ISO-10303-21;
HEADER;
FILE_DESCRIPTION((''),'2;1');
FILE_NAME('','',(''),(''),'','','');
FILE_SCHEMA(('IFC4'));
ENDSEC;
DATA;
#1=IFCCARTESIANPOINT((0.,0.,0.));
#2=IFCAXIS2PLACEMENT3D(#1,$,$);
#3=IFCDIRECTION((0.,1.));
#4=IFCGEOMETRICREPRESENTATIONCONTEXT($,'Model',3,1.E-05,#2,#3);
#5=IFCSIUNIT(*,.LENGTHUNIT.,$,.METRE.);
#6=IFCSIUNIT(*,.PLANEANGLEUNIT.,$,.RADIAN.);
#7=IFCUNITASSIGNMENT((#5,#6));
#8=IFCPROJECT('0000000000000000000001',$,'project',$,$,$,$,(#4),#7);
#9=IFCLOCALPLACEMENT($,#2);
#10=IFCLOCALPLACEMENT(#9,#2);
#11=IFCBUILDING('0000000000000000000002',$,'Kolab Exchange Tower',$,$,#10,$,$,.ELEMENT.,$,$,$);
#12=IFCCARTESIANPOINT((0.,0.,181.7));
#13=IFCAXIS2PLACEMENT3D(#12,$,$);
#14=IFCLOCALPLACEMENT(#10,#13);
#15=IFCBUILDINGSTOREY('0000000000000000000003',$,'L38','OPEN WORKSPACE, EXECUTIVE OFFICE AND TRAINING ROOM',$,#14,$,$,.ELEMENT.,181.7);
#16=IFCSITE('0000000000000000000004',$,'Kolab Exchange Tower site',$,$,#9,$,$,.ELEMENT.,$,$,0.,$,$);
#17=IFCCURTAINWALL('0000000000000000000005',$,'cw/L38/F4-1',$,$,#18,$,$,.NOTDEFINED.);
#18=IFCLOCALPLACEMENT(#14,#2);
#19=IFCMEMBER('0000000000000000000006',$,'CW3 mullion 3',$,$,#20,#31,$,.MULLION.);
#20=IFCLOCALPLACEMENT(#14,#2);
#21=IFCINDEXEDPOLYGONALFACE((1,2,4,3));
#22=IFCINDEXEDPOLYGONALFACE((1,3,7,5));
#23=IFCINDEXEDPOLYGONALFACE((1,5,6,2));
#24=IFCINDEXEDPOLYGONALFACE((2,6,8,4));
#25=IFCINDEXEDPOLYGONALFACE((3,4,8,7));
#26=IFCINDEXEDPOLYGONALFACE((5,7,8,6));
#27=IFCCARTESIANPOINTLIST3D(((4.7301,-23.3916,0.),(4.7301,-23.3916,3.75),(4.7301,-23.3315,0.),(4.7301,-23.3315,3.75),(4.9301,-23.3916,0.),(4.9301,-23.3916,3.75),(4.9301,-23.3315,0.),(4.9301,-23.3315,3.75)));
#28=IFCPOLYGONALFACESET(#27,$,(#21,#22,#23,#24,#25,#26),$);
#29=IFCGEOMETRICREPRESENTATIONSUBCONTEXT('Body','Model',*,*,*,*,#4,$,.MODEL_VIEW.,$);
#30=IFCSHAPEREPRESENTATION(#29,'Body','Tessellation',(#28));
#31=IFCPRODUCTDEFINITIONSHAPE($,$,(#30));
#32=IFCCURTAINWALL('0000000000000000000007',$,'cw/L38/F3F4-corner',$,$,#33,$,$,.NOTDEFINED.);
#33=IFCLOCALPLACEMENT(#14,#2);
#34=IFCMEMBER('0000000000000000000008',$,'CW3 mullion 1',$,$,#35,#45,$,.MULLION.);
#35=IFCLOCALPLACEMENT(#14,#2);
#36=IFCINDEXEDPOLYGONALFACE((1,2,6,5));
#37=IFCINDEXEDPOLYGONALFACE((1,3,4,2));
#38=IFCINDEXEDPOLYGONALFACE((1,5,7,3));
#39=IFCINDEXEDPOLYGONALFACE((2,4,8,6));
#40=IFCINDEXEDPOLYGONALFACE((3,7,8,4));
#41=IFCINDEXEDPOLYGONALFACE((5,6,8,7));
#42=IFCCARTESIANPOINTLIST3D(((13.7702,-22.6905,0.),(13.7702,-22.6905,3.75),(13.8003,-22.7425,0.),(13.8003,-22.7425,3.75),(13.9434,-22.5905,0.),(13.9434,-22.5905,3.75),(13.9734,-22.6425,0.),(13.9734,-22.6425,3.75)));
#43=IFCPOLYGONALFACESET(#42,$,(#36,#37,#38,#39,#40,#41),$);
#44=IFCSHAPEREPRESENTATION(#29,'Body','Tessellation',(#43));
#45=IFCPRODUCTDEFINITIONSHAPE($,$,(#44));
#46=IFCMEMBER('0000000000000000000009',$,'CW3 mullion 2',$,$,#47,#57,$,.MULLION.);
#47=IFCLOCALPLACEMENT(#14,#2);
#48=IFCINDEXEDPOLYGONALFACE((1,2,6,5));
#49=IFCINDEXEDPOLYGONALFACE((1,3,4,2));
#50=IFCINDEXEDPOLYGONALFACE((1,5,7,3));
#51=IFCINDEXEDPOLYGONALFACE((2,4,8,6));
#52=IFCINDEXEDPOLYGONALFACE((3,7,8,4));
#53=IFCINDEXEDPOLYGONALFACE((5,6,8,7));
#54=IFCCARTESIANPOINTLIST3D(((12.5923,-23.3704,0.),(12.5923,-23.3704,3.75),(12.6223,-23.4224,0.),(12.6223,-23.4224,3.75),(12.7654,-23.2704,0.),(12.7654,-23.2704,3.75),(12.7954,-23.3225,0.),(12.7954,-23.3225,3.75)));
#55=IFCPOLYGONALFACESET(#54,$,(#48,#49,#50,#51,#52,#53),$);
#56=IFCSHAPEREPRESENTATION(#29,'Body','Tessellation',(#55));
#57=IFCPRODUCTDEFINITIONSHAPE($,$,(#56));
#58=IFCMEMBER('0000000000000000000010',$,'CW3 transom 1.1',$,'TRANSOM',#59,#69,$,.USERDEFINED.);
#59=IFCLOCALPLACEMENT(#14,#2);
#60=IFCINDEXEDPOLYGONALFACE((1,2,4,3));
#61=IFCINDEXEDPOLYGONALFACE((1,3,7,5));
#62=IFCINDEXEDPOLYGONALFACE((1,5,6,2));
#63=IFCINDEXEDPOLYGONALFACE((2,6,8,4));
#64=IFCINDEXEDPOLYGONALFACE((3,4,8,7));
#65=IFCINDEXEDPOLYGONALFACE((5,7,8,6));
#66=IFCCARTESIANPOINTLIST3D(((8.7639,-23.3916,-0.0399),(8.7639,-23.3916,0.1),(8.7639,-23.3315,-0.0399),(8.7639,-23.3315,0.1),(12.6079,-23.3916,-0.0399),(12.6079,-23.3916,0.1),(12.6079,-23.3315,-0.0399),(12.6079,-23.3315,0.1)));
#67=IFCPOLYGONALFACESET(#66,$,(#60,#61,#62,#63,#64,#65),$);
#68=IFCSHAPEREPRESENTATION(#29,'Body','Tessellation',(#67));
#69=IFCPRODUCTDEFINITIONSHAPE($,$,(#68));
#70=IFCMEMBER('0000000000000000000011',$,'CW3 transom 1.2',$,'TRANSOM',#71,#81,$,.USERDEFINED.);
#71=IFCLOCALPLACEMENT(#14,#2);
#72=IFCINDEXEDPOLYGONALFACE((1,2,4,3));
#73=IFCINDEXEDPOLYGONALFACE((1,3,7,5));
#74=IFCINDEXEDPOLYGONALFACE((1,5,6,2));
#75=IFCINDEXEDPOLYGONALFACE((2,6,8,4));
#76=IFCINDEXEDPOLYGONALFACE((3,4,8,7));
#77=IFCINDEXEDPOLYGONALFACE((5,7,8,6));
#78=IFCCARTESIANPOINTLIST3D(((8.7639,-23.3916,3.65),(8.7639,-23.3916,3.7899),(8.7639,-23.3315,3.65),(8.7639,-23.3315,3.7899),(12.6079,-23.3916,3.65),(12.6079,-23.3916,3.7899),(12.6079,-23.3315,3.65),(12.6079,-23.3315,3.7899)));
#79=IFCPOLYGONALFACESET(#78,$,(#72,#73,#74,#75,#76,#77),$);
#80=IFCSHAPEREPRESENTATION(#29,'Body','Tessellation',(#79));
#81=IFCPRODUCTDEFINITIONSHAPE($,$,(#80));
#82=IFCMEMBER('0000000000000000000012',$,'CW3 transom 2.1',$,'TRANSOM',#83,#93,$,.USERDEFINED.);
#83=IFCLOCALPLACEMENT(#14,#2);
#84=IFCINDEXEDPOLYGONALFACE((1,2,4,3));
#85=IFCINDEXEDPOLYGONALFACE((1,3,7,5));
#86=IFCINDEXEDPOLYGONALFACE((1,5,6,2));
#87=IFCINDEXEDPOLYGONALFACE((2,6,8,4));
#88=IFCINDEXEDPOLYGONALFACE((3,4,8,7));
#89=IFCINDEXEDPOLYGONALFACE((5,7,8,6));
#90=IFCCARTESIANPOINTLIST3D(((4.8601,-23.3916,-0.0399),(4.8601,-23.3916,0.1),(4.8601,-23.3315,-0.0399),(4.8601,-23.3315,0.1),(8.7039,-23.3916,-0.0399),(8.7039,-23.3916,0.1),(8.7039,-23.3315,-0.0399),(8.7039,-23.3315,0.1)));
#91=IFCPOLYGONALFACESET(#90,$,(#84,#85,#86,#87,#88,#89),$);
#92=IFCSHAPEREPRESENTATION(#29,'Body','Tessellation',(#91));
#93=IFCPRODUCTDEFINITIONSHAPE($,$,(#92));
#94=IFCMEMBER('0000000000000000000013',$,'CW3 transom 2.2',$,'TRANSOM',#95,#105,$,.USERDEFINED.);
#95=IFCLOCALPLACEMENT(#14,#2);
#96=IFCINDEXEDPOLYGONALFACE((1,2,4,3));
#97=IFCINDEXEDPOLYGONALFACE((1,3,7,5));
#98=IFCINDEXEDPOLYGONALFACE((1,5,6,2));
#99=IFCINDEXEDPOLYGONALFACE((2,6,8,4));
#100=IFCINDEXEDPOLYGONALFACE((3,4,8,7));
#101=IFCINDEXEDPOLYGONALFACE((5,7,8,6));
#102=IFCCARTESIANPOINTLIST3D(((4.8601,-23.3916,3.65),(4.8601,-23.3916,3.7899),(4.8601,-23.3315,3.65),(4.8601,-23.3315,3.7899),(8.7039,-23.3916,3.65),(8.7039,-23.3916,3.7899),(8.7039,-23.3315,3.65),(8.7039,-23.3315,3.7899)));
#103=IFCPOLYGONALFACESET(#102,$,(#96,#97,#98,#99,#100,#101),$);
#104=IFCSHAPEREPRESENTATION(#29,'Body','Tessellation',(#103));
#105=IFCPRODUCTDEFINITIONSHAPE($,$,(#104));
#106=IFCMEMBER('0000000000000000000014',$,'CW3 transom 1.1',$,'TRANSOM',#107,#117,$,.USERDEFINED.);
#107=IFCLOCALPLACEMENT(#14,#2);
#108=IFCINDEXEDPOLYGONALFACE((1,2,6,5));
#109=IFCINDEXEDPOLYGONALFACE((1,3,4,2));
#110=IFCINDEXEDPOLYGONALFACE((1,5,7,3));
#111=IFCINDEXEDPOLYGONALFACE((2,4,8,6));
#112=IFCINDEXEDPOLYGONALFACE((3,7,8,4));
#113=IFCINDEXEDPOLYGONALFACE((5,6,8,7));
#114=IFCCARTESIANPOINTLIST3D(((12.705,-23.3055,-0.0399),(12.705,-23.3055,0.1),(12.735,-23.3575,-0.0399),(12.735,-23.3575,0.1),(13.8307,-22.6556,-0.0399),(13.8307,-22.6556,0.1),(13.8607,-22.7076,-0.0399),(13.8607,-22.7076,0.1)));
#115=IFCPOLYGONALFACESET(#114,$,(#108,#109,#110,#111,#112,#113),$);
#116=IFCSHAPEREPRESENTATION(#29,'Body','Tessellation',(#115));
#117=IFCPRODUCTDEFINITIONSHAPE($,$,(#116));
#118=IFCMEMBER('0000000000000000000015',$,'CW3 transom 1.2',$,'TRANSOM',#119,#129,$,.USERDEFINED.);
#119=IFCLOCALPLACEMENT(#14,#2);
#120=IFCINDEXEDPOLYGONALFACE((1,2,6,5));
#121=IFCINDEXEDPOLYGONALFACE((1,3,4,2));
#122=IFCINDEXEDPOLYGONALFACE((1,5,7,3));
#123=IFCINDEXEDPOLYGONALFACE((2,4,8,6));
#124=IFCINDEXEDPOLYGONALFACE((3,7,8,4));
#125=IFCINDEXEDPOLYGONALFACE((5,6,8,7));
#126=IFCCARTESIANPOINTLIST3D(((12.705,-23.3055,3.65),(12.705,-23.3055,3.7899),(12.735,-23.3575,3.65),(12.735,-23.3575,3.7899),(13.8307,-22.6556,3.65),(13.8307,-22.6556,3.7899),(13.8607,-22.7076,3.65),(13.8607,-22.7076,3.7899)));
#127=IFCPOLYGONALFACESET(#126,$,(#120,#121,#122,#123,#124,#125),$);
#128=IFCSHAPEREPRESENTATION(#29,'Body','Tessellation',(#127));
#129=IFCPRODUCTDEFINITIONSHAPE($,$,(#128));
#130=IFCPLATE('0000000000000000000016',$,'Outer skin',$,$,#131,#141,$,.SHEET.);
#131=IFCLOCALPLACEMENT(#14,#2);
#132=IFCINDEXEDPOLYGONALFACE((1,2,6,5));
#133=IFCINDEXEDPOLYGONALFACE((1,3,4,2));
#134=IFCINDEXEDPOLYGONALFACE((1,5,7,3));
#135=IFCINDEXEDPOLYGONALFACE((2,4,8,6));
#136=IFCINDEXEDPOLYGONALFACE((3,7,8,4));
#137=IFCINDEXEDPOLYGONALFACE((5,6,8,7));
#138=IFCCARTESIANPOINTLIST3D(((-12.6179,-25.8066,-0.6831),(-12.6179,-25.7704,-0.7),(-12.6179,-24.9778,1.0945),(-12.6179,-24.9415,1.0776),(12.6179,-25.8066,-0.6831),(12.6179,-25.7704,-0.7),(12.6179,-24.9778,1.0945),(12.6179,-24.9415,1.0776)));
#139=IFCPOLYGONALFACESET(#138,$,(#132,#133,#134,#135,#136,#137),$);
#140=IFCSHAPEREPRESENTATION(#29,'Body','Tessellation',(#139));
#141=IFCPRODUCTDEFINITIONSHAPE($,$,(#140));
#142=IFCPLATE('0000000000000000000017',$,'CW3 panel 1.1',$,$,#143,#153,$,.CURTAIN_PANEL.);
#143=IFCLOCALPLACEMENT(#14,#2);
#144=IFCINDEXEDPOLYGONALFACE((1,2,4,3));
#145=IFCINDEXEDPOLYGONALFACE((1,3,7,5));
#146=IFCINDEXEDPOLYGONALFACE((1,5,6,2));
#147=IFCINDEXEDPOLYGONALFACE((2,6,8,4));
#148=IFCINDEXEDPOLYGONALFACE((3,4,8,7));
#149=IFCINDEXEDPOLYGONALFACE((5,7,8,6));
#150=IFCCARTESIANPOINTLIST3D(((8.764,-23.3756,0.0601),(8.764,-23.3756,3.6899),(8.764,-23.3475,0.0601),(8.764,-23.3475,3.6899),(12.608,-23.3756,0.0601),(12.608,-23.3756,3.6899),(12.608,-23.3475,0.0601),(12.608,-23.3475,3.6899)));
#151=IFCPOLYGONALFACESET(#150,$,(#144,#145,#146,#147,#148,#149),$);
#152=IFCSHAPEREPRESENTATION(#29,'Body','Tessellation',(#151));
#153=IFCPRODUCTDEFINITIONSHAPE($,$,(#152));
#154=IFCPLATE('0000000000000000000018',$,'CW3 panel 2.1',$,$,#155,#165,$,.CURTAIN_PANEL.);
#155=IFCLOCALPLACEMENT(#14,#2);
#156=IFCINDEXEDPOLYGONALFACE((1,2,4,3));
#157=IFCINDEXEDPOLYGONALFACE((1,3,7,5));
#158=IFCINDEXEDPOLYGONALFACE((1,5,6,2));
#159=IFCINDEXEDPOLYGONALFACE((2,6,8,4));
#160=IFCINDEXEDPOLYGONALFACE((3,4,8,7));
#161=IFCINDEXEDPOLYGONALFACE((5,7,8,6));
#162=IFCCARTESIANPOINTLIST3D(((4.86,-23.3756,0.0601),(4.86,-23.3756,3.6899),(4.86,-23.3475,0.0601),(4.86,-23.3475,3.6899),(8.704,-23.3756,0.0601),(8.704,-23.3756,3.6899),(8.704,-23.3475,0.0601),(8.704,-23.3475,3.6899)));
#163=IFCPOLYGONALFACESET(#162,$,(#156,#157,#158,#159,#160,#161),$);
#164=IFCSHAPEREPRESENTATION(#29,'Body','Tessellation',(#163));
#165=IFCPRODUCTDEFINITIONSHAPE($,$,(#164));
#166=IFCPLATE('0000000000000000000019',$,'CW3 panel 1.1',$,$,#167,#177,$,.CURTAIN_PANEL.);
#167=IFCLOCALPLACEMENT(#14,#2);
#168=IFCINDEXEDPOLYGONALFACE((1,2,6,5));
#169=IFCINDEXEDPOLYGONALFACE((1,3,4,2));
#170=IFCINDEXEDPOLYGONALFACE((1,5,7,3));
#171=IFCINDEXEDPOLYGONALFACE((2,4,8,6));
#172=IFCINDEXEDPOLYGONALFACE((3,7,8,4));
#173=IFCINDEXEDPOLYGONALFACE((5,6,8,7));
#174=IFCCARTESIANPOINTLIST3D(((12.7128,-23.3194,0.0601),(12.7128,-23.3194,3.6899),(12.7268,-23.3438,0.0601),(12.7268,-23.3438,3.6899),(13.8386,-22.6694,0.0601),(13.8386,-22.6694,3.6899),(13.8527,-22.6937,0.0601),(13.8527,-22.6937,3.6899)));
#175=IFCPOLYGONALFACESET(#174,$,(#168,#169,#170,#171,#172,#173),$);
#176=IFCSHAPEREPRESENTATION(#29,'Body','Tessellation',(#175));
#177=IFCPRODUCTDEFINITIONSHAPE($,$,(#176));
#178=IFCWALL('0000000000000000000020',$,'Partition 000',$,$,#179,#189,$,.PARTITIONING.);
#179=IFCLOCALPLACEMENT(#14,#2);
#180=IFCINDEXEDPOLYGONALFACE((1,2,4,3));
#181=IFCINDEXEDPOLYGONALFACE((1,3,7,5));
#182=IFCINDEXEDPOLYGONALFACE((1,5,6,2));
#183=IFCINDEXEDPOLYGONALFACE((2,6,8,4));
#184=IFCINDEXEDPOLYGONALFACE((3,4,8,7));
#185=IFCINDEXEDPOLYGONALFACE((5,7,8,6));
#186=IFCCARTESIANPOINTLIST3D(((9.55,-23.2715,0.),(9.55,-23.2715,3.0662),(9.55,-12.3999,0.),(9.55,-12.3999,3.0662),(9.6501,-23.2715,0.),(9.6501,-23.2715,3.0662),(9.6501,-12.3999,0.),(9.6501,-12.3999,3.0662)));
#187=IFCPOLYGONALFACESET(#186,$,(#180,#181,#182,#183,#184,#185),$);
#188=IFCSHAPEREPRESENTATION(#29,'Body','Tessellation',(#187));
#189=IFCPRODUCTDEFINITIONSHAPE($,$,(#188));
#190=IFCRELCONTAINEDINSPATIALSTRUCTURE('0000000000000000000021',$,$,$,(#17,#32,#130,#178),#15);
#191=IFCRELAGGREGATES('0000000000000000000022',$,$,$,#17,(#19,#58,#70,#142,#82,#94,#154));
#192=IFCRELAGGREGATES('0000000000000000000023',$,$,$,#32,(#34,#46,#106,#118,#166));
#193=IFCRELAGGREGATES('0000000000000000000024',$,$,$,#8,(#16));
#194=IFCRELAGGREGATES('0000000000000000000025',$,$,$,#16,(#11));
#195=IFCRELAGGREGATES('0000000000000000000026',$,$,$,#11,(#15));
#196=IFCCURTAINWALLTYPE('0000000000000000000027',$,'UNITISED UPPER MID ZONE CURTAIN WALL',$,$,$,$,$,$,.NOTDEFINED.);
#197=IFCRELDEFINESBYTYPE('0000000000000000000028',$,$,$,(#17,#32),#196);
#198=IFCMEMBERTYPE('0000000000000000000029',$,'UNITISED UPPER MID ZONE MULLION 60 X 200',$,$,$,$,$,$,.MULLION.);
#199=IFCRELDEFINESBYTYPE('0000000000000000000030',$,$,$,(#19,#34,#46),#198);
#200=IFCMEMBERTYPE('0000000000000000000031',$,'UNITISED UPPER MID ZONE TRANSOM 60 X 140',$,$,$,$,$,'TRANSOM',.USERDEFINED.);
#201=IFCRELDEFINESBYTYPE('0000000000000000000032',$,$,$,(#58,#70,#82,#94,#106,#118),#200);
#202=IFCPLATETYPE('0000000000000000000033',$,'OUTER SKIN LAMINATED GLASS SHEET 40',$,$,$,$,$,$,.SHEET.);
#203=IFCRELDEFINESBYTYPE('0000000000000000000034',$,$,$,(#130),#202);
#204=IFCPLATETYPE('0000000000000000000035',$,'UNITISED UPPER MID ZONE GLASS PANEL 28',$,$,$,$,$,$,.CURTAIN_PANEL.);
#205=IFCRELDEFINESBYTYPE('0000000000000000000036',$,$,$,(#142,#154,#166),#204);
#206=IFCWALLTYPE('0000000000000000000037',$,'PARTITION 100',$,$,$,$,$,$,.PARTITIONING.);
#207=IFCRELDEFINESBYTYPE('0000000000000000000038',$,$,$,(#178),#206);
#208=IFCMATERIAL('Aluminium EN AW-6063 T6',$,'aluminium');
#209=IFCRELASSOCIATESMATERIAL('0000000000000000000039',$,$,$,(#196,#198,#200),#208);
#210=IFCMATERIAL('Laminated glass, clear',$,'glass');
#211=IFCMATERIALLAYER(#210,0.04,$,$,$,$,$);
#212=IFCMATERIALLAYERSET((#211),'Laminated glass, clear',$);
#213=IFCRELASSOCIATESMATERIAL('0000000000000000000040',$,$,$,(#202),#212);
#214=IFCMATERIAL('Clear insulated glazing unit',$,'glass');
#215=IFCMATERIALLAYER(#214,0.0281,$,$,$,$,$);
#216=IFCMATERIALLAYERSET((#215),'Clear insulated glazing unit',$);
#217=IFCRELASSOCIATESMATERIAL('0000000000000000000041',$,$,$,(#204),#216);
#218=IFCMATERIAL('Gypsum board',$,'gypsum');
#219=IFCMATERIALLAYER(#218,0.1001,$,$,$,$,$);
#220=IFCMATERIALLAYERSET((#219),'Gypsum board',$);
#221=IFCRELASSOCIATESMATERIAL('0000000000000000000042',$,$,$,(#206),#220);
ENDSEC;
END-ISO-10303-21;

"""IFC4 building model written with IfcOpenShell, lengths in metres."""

from ifc_helpers import new_model, si_unit, direction, frame, frame_2d, origin, origin_2d, place, context, subcontext, project, spatial, polyline, rectangle, outline, extrude, material, layer, layer_set, material_profile, profile_set, type_object, element, aggregate, save


model = new_model("IFC4")

# Units and contexts
model_context = context("Model", 3, precision=1e-05, world=origin(), true_north=direction((0.0, 1.0)))
body_context = subcontext(model_context, "Body", "Model", "MODEL_VIEW")
ifc_project = project(units=[si_unit("LENGTHUNIT", "METRE"), si_unit("PLANEANGLEUNIT", "RADIAN")], contexts=[model_context])

# Site, building, storey
site_placement = place(None, origin())
site = spatial("IfcSite", under=ifc_project, at=site_placement, Name="Kolab Exchange Tower site", CompositionType="ELEMENT", RefElevation=0.0)
building_placement = place(site_placement, origin())
building = spatial("IfcBuilding", under=site, at=building_placement, Name="Kolab Exchange Tower", CompositionType="ELEMENT")
storey_placement = place(building_placement, frame((0.0, 0.0, 181.7)))
storey = spatial("IfcBuildingStorey", under=building, at=storey_placement, Name="L38", Description="OPEN WORKSPACE, EXECUTIVE OFFICE AND TRAINING ROOM", CompositionType="ELEMENT", Elevation=181.7)

# Curtain walls, members
ifc_material_1 = material(Name="Aluminium EN AW-6063 T6", Category="aluminium")
curtain_wall_type = type_object("IfcCurtainWallType", Name="UNITISED UPPER MID ZONE CURTAIN WALL", PredefinedType="NOTDEFINED", material=ifc_material_1)
curtain_wall_1_placement = place(storey_placement, origin())
curtain_wall_1 = element("IfcCurtainWall", 1, at=curtain_wall_1_placement, inside=storey, type_object=curtain_wall_type, Name="cw/L38/F4-1", PredefinedType="NOTDEFINED")
ifc_material_profile_1 = material_profile(ifc_material_1, rectangle(XDim=0.0601, YDim=0.2, at=origin_2d()), Name="RECT 60X200")
ifc_profile_set_1 = profile_set([ifc_material_profile_1], Name="Aluminium EN AW-6063 T6")
member_type_1 = type_object("IfcMemberType", Name="UNITISED UPPER MID ZONE MULLION 60 X 200", PredefinedType="MULLION", material=ifc_profile_set_1)
member_1_placement = place(storey_placement, frame((4.8301, -23.3616, 0.0), z_axis=(0.0, 0.0, 1.0), x_axis=(0.0, -1.0, 0.0)))
member_1 = element("IfcMember", 2, at=member_1_placement, type_object=member_type_1, Name="CW3 mullion 3", PredefinedType="MULLION", context=body_context, shape_type="SweptSolid", body=[
    extrude(rectangle(XDim=0.0601, YDim=0.2, at=origin_2d()), origin(), (0.0, 0.0, 1.0), 3.75),
])
curtain_wall_2_placement = place(storey_placement, origin())
curtain_wall_2 = element("IfcCurtainWall", 3, at=curtain_wall_2_placement, inside=storey, type_object=curtain_wall_type, Name="cw/L38/F3F4-corner", PredefinedType="NOTDEFINED")
member_2_placement = place(storey_placement, frame((13.8718, -22.6665, 0.0), z_axis=(0.0, 0.0, 1.0), x_axis=(0.5, -0.866025, 0.0)))
member_2 = element("IfcMember", 4, at=member_2_placement, type_object=member_type_1, Name="CW3 mullion 1", PredefinedType="MULLION", context=body_context, shape_type="SweptSolid", body=[
    extrude(rectangle(XDim=0.0601, YDim=0.2, at=origin_2d()), origin(), (0.0, 0.0, 1.0), 3.75),
])
member_3_placement = place(storey_placement, frame((12.6938, -23.3464, 0.0), z_axis=(0.0, 0.0, 1.0), x_axis=(0.5, -0.866025, 0.0)))
member_3 = element("IfcMember", 5, at=member_3_placement, type_object=member_type_1, Name="CW3 mullion 2", PredefinedType="MULLION", context=body_context, shape_type="SweptSolid", body=[
    extrude(rectangle(XDim=0.0601, YDim=0.2, at=origin_2d()), origin(), (0.0, 0.0, 1.0), 3.75),
])

# Members
ifc_material_profile_2 = material_profile(ifc_material_1, rectangle(XDim=0.0601, YDim=0.1399, at=origin_2d()), Name="RECT 60X140")
ifc_profile_set_2 = profile_set([ifc_material_profile_2], Name="Aluminium EN AW-6063 T6")
member_type_2 = type_object("IfcMemberType", Name="UNITISED UPPER MID ZONE TRANSOM 60 X 140", ElementType="TRANSOM", PredefinedType="USERDEFINED", material=ifc_profile_set_2)
member_4_placement = place(storey_placement, frame((12.6079, -23.3616, 0.03), z_axis=(-1.0, 0.0, 0.0), x_axis=(0.0, -1.0, 0.0)))
member_4 = element("IfcMember", 6, at=member_4_placement, type_object=member_type_2, Name="CW3 transom 1.1", ObjectType="TRANSOM", PredefinedType="USERDEFINED", context=body_context, shape_type="SweptSolid", body=[
    extrude(rectangle(XDim=0.0601, YDim=0.1399, at=origin_2d()), origin(), (0.0, 0.0, 1.0), 3.844),
])
member_5_placement = place(storey_placement, frame((12.6079, -23.3616, 3.72), z_axis=(-1.0, 0.0, 0.0), x_axis=(0.0, -1.0, 0.0)))
member_5 = element("IfcMember", 7, at=member_5_placement, type_object=member_type_2, Name="CW3 transom 1.2", ObjectType="TRANSOM", PredefinedType="USERDEFINED", context=body_context, shape_type="SweptSolid", body=[
    extrude(rectangle(XDim=0.0601, YDim=0.1399, at=origin_2d()), origin(), (0.0, 0.0, 1.0), 3.844),
])
member_6_placement = place(storey_placement, frame((8.7039, -23.3616, 0.03), z_axis=(-1.0, 0.0, 0.0), x_axis=(0.0, -1.0, 0.0)))
member_6 = element("IfcMember", 8, at=member_6_placement, type_object=member_type_2, Name="CW3 transom 2.1", ObjectType="TRANSOM", PredefinedType="USERDEFINED", context=body_context, shape_type="SweptSolid", body=[
    extrude(rectangle(XDim=0.0601, YDim=0.1399, at=origin_2d()), origin(), (0.0, 0.0, 1.0), 3.8438),
])
member_7_placement = place(storey_placement, frame((8.7039, -23.3616, 3.72), z_axis=(-1.0, 0.0, 0.0), x_axis=(0.0, -1.0, 0.0)))
member_7 = element("IfcMember", 9, at=member_7_placement, type_object=member_type_2, Name="CW3 transom 2.2", ObjectType="TRANSOM", PredefinedType="USERDEFINED", context=body_context, shape_type="SweptSolid", body=[
    extrude(rectangle(XDim=0.0601, YDim=0.1399, at=origin_2d()), origin(), (0.0, 0.0, 1.0), 3.8438),
])
member_8_placement = place(storey_placement, frame((13.8457, -22.6816, 0.03), z_axis=(-0.866039, -0.499977, 0.0), x_axis=(0.499977, -0.866039, 0.0)))
member_8 = element("IfcMember", 10, at=member_8_placement, type_object=member_type_2, Name="CW3 transom 1.1", ObjectType="TRANSOM", PredefinedType="USERDEFINED", context=body_context, shape_type="SweptSolid", body=[
    extrude(rectangle(XDim=0.0601, YDim=0.1399, at=origin_2d()), origin(), (0.0, 0.0, 1.0), 1.2998),
])
member_9_placement = place(storey_placement, frame((13.8457, -22.6816, 3.72), z_axis=(-0.866039, -0.499977, 0.0), x_axis=(0.499977, -0.866039, 0.0)))
member_9 = element("IfcMember", 11, at=member_9_placement, type_object=member_type_2, Name="CW3 transom 1.2", ObjectType="TRANSOM", PredefinedType="USERDEFINED", context=body_context, shape_type="SweptSolid", body=[
    extrude(rectangle(XDim=0.0601, YDim=0.1399, at=origin_2d()), origin(), (0.0, 0.0, 1.0), 1.2998),
])

# Plates
ifc_material_2 = material(Name="Laminated glass, clear", Category="glass")
ifc_layer_1 = layer(ifc_material_2, 0.04)
ifc_layer_set_1 = layer_set([ifc_layer_1], Name="Laminated glass, clear")
plate_type_1 = type_object("IfcPlateType", Name="OUTER SKIN LAMINATED GLASS SHEET 40", PredefinedType="SHEET", material=ifc_layer_set_1)
plate_1_placement = place(storey_placement, frame((12.6179, -25.8066, -0.6831), z_axis=(0.0, -0.906317, 0.422599), x_axis=(-1.0, 0.0, 0.0)))
element("IfcPlate", 12, at=plate_1_placement, inside=storey, type_object=plate_type_1, Name="Outer skin", PredefinedType="SHEET", context=body_context, shape_type="SweptSolid", body=[
    extrude(outline(polyline([(0.0, 0.0), (25.2358, 0.0), (25.2358, -1.9613), (0.0, -1.9613), (0.0, 0.0)])), origin(), (0.0, 0.0, -1.0), 0.04),
])
ifc_material_3 = material(Name="Clear insulated glazing unit", Category="glass")
ifc_layer_2 = layer(ifc_material_3, 0.0281)
ifc_layer_set_2 = layer_set([ifc_layer_2], Name="Clear insulated glazing unit")
plate_type_2 = type_object("IfcPlateType", Name="UNITISED UPPER MID ZONE GLASS PANEL 28", PredefinedType="CURTAIN_PANEL", material=ifc_layer_set_2)
plate_2_placement = place(storey_placement, frame((10.686, -23.3616, 0.0601), z_axis=(0.0, 0.0, 1.0), x_axis=(-1.0, 0.0, 0.0)))
plate_2 = element("IfcPlate", 13, at=plate_2_placement, type_object=plate_type_2, Name="CW3 panel 1.1", PredefinedType="CURTAIN_PANEL", context=body_context, shape_type="SweptSolid", body=[
    extrude(rectangle(XDim=3.844, YDim=0.0281, at=origin_2d()), origin(), (0.0, 0.0, 1.0), 3.6299),
])
plate_3_placement = place(storey_placement, frame((6.782, -23.3616, 0.0601), z_axis=(0.0, 0.0, 1.0), x_axis=(-1.0, 0.0, 0.0)))
plate_3 = element("IfcPlate", 14, at=plate_3_placement, type_object=plate_type_2, Name="CW3 panel 2.1", PredefinedType="CURTAIN_PANEL", context=body_context, shape_type="SweptSolid", body=[
    extrude(rectangle(XDim=3.844, YDim=0.0281, at=origin_2d()), origin(), (0.0, 0.0, 1.0), 3.6299),
])
aggregate(curtain_wall_1, [member_1, member_4, member_5, plate_2, member_6, member_7, plate_3])
plate_4_placement = place(storey_placement, frame((13.2827, -23.0066, 0.0601), z_axis=(0.0, 0.0, 1.0), x_axis=(-0.866025, -0.5, 0.0)))
plate_4 = element("IfcPlate", 15, at=plate_4_placement, type_object=plate_type_2, Name="CW3 panel 1.1", PredefinedType="CURTAIN_PANEL", context=body_context, shape_type="SweptSolid", body=[
    extrude(rectangle(XDim=1.3, YDim=0.0281, at=origin_2d()), origin(), (0.0, 0.0, 1.0), 3.6299),
])
aggregate(curtain_wall_2, [member_2, member_3, member_8, member_9, plate_4])

# Wall
ifc_material_4 = material(Name="Gypsum board", Category="gypsum")
ifc_layer_3 = layer(ifc_material_4, 0.1001)
ifc_layer_set_3 = layer_set([ifc_layer_3], Name="Gypsum board")
wall_type_1 = type_object("IfcWallType", Name="PARTITION 100", PredefinedType="PARTITIONING", material=ifc_layer_set_3)
wall_1_placement = place(storey_placement, frame((9.6001, -23.2715, 0.0), z_axis=(0.0, 0.0, 1.0), x_axis=(0.0, 1.0, 0.0)))
element("IfcWall", 16, at=wall_1_placement, inside=storey, type_object=wall_type_1, Name="Partition 000", PredefinedType="PARTITIONING", context=body_context, shape_type="SweptSolid", body=[
    extrude(rectangle(XDim=10.8716, YDim=0.1001, at=frame_2d((5.4358, 0.0))), origin(), (0.0, 0.0, 1.0), 3.0662),
])

save(model, "model.ifc")
